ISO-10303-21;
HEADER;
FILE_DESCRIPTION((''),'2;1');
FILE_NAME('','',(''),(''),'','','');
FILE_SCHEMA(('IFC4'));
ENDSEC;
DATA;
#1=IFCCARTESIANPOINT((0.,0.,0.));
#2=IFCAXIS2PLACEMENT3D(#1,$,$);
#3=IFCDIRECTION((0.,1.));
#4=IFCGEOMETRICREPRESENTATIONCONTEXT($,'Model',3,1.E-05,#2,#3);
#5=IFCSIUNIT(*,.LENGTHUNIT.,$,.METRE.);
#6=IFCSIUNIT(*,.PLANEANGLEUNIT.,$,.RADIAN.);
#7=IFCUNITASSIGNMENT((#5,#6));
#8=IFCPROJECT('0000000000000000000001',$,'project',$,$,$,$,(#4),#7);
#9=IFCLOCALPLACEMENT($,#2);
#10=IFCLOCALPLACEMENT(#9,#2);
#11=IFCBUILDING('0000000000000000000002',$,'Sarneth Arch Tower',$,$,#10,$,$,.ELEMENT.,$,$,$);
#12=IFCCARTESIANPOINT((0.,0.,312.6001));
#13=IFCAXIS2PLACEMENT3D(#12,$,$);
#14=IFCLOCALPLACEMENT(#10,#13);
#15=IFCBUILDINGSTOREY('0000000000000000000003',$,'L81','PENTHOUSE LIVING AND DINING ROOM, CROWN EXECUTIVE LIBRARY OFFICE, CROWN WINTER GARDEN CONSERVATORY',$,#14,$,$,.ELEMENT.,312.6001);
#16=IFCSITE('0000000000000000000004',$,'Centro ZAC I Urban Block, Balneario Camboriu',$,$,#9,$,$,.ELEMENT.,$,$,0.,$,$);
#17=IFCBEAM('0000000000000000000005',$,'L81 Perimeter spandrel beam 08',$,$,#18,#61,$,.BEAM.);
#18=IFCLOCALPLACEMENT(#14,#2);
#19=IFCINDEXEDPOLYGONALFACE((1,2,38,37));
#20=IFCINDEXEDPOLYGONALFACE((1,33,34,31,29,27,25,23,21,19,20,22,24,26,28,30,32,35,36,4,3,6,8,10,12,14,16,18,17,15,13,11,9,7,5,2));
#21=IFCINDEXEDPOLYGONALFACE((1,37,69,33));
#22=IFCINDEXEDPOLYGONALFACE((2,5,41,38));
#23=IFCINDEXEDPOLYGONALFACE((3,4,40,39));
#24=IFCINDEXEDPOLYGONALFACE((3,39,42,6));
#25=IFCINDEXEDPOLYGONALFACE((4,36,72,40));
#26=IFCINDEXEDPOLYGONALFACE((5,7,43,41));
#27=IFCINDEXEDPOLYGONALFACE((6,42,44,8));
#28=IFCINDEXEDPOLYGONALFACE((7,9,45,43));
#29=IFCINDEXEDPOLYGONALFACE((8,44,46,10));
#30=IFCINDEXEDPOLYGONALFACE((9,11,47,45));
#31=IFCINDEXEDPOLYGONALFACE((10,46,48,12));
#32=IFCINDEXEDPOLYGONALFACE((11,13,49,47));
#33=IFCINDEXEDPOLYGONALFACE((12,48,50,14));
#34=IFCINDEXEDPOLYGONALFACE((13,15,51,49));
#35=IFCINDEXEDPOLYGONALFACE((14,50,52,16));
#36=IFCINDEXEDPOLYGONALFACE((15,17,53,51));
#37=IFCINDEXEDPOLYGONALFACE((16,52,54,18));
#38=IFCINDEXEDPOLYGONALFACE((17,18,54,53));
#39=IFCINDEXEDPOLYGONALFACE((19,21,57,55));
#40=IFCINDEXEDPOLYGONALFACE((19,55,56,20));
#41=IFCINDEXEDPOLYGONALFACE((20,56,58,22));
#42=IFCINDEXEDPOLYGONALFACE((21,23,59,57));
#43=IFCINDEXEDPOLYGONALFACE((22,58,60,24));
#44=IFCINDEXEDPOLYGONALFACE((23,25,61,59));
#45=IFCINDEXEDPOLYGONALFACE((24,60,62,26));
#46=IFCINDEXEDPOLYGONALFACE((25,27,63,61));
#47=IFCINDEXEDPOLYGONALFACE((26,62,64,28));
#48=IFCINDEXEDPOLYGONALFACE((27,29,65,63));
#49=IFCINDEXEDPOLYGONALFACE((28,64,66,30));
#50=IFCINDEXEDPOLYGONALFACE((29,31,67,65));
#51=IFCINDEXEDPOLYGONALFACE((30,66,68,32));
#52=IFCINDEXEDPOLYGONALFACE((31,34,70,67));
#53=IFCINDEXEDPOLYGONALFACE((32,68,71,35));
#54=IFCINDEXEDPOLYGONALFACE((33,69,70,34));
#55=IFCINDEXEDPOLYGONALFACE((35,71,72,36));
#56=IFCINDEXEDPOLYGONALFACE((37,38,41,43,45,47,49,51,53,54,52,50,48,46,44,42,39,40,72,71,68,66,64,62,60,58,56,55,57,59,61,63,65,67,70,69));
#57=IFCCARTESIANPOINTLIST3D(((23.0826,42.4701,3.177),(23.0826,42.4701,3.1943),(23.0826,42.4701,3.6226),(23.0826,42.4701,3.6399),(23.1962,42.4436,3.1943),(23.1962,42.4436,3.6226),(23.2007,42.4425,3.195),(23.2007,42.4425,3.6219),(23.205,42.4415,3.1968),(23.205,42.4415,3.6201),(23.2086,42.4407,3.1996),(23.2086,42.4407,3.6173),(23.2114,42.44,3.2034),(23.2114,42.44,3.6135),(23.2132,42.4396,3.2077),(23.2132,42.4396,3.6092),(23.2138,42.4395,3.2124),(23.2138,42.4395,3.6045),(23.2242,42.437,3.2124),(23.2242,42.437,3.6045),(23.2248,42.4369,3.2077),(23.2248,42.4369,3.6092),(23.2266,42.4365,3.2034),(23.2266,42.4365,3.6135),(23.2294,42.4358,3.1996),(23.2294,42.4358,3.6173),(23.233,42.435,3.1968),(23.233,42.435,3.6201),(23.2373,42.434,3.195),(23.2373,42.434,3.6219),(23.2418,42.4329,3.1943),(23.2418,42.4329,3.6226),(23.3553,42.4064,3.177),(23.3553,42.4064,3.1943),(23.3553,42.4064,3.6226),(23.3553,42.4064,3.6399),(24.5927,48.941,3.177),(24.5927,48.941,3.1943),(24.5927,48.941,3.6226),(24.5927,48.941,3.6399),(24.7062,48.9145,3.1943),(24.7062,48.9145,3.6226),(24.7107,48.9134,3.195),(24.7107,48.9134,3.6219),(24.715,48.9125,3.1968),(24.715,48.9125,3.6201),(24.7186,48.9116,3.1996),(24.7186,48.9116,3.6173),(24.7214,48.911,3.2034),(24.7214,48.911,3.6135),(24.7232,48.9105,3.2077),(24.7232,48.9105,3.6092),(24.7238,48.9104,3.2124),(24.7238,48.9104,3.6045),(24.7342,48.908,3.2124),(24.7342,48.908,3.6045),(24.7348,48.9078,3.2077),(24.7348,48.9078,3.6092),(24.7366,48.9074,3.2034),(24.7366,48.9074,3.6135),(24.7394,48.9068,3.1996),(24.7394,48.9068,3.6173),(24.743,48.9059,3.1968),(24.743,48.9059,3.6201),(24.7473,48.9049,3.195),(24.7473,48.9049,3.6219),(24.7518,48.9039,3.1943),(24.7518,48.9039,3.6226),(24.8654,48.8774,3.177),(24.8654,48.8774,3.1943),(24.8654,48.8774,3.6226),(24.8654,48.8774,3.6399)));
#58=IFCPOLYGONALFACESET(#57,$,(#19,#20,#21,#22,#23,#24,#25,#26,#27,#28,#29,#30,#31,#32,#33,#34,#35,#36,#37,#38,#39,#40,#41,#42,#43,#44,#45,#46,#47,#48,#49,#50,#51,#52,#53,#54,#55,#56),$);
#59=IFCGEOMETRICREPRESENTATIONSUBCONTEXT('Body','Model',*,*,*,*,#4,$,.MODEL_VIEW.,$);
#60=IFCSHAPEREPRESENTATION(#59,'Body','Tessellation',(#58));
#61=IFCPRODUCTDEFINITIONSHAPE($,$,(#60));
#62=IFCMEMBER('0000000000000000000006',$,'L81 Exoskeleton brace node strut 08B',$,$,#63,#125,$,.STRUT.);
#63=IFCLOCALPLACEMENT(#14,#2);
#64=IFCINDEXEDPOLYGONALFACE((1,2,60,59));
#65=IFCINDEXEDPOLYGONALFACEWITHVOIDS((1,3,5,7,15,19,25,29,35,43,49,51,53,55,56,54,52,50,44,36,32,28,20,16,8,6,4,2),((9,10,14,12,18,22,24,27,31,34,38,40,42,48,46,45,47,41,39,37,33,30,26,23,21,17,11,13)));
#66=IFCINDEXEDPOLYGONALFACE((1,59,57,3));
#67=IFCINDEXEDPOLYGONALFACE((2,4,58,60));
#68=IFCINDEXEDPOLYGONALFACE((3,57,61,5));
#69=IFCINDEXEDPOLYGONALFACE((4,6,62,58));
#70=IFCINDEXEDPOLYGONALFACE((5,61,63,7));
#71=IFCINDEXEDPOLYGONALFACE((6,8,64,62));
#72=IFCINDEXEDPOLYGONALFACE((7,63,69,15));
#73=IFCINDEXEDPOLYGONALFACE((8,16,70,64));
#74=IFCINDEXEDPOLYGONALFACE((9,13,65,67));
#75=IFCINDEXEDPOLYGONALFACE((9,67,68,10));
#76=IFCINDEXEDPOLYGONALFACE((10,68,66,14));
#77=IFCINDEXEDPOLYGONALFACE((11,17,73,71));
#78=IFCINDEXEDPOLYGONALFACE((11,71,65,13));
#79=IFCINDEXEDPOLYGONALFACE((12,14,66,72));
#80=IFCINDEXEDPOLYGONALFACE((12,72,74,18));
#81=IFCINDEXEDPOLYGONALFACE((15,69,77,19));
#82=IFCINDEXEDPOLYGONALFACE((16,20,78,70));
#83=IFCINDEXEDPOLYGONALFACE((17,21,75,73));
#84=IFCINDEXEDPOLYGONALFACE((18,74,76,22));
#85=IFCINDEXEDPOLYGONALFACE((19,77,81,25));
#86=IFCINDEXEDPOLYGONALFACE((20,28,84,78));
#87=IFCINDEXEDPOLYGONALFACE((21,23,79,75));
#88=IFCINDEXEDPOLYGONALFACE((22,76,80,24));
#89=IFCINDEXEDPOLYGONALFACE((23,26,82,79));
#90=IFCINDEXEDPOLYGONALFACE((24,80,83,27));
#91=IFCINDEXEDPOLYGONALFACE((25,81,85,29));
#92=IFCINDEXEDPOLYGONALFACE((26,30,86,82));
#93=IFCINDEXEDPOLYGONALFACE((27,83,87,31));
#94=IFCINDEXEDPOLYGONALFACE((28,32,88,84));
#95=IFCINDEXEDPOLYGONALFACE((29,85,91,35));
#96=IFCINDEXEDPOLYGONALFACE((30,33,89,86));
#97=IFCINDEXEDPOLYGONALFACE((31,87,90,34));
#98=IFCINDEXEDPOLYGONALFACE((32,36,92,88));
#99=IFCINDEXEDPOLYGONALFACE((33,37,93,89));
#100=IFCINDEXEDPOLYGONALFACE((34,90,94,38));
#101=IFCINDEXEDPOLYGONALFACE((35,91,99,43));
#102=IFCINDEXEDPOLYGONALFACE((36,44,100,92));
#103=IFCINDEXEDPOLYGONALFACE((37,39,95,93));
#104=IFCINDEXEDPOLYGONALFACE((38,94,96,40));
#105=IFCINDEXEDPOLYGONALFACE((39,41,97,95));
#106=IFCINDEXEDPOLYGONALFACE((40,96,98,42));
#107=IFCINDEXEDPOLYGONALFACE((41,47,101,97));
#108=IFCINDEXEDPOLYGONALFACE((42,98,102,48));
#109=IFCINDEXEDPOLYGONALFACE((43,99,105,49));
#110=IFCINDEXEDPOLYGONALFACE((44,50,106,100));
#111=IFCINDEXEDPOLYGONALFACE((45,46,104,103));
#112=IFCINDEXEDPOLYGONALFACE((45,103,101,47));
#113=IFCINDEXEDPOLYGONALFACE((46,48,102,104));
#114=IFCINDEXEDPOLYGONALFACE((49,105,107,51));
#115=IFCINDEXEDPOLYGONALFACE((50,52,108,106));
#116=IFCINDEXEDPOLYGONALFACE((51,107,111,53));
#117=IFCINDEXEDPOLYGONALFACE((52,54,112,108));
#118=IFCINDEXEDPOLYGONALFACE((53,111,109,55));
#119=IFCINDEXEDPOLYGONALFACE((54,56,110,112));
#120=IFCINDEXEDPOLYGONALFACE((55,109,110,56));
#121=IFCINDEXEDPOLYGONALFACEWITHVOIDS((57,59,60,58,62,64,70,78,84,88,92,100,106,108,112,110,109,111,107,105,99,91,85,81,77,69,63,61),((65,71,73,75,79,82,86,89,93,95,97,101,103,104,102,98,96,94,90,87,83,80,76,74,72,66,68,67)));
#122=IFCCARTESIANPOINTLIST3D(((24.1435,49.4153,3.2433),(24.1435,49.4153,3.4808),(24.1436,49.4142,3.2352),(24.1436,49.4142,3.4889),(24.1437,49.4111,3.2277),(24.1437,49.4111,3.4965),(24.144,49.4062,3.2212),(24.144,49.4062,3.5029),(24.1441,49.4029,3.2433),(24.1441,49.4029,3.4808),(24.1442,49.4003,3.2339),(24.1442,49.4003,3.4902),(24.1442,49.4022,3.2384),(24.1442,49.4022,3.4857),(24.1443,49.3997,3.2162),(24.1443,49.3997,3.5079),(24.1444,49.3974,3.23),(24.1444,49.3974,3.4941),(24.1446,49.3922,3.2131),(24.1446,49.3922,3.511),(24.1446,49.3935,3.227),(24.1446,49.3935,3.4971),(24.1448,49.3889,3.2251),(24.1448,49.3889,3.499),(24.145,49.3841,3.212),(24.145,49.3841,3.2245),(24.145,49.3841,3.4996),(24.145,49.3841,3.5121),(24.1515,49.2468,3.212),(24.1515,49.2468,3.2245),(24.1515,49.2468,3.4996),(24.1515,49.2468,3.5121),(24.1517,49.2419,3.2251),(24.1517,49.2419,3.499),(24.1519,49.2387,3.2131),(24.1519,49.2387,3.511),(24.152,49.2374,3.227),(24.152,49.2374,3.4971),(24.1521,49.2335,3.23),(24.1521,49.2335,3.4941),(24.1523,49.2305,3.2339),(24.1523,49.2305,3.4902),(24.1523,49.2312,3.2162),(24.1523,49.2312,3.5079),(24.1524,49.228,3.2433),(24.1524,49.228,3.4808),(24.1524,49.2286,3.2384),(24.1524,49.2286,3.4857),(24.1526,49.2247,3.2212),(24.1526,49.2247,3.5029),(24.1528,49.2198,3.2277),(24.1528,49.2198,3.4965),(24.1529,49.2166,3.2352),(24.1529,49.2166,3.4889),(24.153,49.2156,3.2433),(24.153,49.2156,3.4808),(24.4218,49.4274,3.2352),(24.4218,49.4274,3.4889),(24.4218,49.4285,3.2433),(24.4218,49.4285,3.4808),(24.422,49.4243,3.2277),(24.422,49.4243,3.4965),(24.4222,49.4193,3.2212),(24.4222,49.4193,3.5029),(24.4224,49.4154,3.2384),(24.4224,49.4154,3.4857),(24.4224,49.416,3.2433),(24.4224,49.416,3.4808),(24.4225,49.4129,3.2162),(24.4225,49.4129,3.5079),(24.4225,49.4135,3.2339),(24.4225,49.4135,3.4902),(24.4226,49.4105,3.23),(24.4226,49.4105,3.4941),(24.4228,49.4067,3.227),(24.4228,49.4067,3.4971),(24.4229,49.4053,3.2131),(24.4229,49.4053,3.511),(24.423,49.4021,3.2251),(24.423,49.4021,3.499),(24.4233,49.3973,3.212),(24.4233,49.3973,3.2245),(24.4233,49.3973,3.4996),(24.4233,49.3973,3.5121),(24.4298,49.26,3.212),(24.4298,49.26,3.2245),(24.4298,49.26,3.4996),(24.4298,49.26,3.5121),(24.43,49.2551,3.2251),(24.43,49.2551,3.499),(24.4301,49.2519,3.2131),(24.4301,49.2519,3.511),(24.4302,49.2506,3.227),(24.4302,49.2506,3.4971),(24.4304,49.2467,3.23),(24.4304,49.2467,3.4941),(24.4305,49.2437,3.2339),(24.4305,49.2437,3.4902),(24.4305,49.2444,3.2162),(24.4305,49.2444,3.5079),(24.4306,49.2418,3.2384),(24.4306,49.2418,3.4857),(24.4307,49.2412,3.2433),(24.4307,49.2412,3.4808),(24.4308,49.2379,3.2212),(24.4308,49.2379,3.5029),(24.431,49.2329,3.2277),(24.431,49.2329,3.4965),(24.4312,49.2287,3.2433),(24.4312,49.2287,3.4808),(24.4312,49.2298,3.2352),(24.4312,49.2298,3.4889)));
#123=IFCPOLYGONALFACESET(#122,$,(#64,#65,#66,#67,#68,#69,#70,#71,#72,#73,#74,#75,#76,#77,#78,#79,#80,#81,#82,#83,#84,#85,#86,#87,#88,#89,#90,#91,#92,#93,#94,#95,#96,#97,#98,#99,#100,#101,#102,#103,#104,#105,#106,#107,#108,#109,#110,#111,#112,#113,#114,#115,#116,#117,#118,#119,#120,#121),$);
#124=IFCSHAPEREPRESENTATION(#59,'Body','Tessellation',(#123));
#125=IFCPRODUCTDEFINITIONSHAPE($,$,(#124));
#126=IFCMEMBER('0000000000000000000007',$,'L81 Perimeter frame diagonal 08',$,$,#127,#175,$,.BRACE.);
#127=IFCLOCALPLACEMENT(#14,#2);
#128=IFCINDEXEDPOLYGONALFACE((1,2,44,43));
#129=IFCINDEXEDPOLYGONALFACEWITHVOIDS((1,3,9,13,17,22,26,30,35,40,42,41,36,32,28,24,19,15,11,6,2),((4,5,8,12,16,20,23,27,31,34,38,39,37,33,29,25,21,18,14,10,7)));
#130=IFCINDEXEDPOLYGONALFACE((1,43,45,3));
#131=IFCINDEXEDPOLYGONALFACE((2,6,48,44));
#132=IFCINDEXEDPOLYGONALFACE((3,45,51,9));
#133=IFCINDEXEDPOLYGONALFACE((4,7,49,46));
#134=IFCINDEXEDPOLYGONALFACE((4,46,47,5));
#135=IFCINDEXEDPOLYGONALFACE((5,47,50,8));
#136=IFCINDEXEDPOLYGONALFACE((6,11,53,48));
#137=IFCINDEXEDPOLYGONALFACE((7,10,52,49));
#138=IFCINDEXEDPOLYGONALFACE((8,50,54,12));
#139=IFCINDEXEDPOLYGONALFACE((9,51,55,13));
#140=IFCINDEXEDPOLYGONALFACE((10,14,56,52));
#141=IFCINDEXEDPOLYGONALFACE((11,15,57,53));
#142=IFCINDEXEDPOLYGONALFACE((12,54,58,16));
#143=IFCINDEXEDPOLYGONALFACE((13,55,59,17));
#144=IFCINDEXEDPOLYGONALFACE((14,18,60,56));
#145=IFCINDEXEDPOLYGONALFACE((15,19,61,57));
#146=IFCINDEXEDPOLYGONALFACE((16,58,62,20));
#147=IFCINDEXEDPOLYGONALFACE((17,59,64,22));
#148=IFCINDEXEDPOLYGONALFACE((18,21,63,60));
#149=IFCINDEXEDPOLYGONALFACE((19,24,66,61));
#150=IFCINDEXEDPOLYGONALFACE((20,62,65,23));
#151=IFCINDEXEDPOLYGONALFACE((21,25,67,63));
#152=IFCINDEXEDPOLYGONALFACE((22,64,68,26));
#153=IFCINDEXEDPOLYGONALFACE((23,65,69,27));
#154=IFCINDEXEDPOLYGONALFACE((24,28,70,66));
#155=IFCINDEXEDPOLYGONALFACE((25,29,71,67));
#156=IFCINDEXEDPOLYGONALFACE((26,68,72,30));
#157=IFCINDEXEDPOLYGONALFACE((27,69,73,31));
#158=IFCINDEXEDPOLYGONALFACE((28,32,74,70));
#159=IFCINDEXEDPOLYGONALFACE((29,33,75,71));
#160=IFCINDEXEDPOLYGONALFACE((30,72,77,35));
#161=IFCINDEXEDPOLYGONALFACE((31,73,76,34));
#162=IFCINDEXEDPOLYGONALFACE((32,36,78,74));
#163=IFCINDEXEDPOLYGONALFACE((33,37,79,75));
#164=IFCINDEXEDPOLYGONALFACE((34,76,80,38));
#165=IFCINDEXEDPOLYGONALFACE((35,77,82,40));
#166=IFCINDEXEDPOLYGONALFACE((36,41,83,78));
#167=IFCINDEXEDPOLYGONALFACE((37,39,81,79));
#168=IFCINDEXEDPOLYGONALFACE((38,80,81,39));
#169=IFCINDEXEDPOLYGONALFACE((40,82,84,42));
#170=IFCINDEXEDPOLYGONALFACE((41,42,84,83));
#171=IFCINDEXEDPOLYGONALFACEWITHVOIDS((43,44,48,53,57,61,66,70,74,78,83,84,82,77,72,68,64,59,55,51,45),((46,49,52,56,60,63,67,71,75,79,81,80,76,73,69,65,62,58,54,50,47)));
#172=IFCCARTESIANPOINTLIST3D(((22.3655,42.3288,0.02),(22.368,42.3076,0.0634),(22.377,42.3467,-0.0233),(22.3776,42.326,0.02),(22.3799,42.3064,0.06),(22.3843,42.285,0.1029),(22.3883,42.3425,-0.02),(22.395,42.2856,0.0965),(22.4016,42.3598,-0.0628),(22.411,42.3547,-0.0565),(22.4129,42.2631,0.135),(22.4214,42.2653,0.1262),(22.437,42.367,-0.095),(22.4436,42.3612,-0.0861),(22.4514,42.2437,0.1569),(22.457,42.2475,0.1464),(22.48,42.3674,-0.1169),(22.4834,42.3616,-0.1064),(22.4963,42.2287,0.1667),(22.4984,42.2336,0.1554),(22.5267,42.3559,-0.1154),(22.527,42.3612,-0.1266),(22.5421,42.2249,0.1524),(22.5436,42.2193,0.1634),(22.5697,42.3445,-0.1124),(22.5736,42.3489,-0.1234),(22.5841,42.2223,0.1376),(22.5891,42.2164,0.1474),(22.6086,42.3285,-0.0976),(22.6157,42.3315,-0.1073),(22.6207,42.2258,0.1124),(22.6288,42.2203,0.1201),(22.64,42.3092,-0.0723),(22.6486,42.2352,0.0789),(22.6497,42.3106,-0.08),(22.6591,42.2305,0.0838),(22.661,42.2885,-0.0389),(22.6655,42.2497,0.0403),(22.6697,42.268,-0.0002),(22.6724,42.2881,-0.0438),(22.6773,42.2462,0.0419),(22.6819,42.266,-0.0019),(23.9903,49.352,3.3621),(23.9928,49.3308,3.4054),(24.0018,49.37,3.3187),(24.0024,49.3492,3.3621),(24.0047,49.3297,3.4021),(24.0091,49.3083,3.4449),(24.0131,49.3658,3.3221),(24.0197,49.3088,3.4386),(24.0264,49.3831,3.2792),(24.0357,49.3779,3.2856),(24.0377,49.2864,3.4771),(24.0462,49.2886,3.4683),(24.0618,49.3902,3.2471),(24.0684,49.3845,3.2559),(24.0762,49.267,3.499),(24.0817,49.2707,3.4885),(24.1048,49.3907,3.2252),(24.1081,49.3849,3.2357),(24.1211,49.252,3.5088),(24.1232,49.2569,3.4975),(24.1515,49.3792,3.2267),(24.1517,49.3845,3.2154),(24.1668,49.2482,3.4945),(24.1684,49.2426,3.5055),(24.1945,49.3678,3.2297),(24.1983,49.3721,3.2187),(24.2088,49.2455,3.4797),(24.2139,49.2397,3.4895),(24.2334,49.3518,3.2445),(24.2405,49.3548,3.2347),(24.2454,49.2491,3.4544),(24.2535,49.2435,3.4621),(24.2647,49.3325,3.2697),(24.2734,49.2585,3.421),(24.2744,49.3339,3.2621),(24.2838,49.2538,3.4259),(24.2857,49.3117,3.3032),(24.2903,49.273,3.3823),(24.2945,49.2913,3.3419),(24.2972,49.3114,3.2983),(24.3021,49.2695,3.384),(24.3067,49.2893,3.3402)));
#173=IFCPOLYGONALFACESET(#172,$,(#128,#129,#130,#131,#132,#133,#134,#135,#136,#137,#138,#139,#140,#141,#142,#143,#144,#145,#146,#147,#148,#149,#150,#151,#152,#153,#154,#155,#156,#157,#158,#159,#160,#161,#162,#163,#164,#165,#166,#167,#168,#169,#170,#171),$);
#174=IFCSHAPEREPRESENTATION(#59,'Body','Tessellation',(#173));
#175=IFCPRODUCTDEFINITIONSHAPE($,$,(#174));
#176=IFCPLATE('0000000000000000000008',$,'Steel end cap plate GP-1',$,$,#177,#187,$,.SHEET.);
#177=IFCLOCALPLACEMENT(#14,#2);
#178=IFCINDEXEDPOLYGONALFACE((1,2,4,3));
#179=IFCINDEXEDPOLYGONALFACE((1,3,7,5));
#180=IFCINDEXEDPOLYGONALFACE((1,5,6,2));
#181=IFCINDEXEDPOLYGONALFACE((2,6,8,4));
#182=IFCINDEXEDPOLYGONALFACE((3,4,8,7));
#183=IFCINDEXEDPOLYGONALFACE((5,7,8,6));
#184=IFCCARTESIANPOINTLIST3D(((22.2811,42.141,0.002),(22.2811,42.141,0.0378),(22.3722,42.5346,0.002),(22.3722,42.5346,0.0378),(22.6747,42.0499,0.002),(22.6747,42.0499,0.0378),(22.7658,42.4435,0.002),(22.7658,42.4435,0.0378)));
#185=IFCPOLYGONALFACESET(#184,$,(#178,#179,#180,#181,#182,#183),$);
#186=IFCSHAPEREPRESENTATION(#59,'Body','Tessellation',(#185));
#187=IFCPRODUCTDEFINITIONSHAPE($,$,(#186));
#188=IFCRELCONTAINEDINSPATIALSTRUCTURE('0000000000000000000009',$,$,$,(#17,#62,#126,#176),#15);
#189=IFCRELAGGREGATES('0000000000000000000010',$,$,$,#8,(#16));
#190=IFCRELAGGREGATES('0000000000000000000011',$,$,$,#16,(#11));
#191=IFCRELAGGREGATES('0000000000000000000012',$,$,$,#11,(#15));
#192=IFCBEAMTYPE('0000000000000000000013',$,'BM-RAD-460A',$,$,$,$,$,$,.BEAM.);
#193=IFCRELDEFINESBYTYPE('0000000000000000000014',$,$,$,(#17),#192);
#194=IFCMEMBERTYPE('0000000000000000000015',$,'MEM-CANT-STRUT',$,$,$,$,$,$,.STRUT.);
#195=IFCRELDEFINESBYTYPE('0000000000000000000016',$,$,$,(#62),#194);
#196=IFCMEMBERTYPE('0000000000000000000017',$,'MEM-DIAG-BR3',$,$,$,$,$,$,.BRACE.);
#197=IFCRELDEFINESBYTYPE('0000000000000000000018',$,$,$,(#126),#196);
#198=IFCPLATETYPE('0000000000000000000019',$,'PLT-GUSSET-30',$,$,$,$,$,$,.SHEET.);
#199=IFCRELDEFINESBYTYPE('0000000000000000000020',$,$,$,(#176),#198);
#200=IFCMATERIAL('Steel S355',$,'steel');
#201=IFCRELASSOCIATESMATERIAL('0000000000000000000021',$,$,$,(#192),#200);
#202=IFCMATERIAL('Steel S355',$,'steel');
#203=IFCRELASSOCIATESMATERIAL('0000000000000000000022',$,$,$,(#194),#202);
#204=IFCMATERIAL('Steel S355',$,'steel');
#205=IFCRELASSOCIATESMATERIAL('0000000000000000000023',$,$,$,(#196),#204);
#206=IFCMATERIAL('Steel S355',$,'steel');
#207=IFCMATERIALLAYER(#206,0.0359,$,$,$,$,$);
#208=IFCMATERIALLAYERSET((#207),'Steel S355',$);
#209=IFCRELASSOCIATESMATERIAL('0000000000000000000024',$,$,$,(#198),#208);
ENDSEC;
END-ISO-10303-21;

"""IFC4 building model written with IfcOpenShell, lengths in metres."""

from ifc_helpers import new_model, si_unit, direction, frame, origin, origin_2d, place, context, subcontext, project, spatial, rectangle, hollow_rectangle, hollow_circle, i_section, extrude, material, layer, layer_set, material_profile, profile_set, type_object, element, save


model = new_model("IFC4")

# Units and contexts
model_context = context("Model", 3, precision=1e-05, world=origin(), true_north=direction((0.0, 1.0)))
body_context = subcontext(model_context, "Body", "Model", "MODEL_VIEW")
ifc_project = project(units=[si_unit("LENGTHUNIT", "METRE"), si_unit("PLANEANGLEUNIT", "RADIAN")], contexts=[model_context])

# Site, building, storey
site_placement = place(None, origin())
site = spatial("IfcSite", under=ifc_project, at=site_placement, Name="Centro ZAC I Urban Block, Balneario Camboriu", CompositionType="ELEMENT", RefElevation=0.0)
building_placement = place(site_placement, origin())
building = spatial("IfcBuilding", under=site, at=building_placement, Name="Sarneth Arch Tower", CompositionType="ELEMENT")
storey_placement = place(building_placement, frame((0.0, 0.0, 312.6001)))
storey = spatial("IfcBuildingStorey", under=building, at=storey_placement, Name="L81", Description="PENTHOUSE LIVING AND DINING ROOM, CROWN EXECUTIVE LIBRARY OFFICE, CROWN WINTER GARDEN CONSERVATORY", CompositionType="ELEMENT", Elevation=312.6001)

# Beam
ifc_material_1 = material(Name="Steel S355", Category="steel")
ifc_material_profile_1 = material_profile(ifc_material_1, i_section(OverallWidth=0.28, OverallDepth=0.4629, WebThickness=0.0107, FlangeThickness=0.0173, FilletRadius=0.0181, at=origin_2d()), Name="W460x113")
ifc_profile_set_1 = profile_set([ifc_material_profile_1], Name="Steel S355")
beam_type_1 = type_object("IfcBeamType", Name="BM-RAD-460A", PredefinedType="BEAM", material=ifc_profile_set_1)
beam_1_placement = place(storey_placement, frame((24.729, 48.9092, 3.4084), z_axis=(-0.227247, -0.973837, 0.0), x_axis=(0.973837, -0.227247, 0.0)))
element("IfcBeam", 1, at=beam_1_placement, inside=storey, type_object=beam_type_1, Name="L81 Perimeter spandrel beam 08", PredefinedType="BEAM", context=body_context, shape_type="SweptSolid", body=[
    extrude(i_section(OverallWidth=0.28, OverallDepth=0.4629, WebThickness=0.0107, FlangeThickness=0.0173, FilletRadius=0.0181, at=origin_2d()), origin(), (0.0, 0.0, 1.0), 6.6448),
])

# Members
ifc_material_2 = material(Name="Steel S355", Category="steel")
ifc_material_profile_2 = material_profile(ifc_material_2, hollow_rectangle(XDim=0.2, YDim=0.3, WallThickness=0.0125, InnerFilletRadius=0.0188, OuterFilletRadius=0.0312, at=origin_2d()), Name="RHS300x200x12.5")
ifc_profile_set_2 = profile_set([ifc_material_profile_2], Name="Steel S355")
member_type_1 = type_object("IfcMemberType", Name="MEM-CANT-STRUT", PredefinedType="STRUT", material=ifc_profile_set_2)
member_1_placement = place(storey_placement, frame((24.4265, 49.3286, 3.3621), z_axis=(-0.99888, -0.047315, 0.0), x_axis=(0.047315, -0.99888, 0.0)))
element("IfcMember", 2, at=member_1_placement, inside=storey, type_object=member_type_1, Name="L81 Exoskeleton brace node strut 08B", PredefinedType="STRUT", context=body_context, shape_type="SweptSolid", body=[
    extrude(hollow_rectangle(XDim=0.2, YDim=0.3, WallThickness=0.0125, InnerFilletRadius=0.0188, OuterFilletRadius=0.0312, at=origin_2d()), origin(), (0.0, 0.0, 1.0), 0.2786),
])
ifc_material_3 = material(Name="Steel S355", Category="steel")
ifc_material_profile_3 = material_profile(ifc_material_3, hollow_circle(Radius=0.1621, WallThickness=0.0125, at=origin_2d()), Name="CHS324x12.5")
ifc_profile_set_3 = profile_set([ifc_material_profile_3], Name="Steel S355")
member_type_2 = type_object("IfcMemberType", Name="MEM-DIAG-BR3", PredefinedType="BRACE", material=ifc_profile_set_3)
member_2_placement = place(storey_placement, frame((22.5234, 42.2922, 0.02), z_axis=(0.204482, 0.883897, 0.420609), x_axis=(-0.974269, 0.225389, 0.0)))
element("IfcMember", 3, at=member_2_placement, inside=storey, type_object=member_type_2, Name="L81 Perimeter frame diagonal 08", PredefinedType="BRACE", context=body_context, shape_type="SweptSolid", body=[
    extrude(hollow_circle(Radius=0.1621, WallThickness=0.0125, at=origin_2d()), origin(), (0.0, 0.0, 1.0), 7.9458),
])

# Plate
ifc_material_4 = material(Name="Steel S355", Category="steel")
ifc_layer_1 = layer(ifc_material_4, 0.0359)
ifc_layer_set_1 = layer_set([ifc_layer_1], Name="Steel S355")
plate_type_1 = type_object("IfcPlateType", Name="PLT-GUSSET-30", PredefinedType="SHEET", material=ifc_layer_set_1)
for number, where, z_axis, x_axis, name in (
    (4, (22.5234, 42.2922, 0.002), (0.0, 0.0, 1.0), (-0.225461, -0.974252, 0.0), "Steel end cap plate GP-1"),
):
    element("IfcPlate", number, at=place(storey_placement, frame(where, z_axis=z_axis, x_axis=x_axis)), inside=storey, type_object=plate_type_1, Name=name, PredefinedType="SHEET", context=body_context, shape_type="SweptSolid", body=[
        extrude(rectangle(XDim=0.4041, YDim=0.4041, at=origin_2d()), origin(), (0.0, 0.0, 1.0), 0.0359),
    ])

save(model, "model.ifc")
